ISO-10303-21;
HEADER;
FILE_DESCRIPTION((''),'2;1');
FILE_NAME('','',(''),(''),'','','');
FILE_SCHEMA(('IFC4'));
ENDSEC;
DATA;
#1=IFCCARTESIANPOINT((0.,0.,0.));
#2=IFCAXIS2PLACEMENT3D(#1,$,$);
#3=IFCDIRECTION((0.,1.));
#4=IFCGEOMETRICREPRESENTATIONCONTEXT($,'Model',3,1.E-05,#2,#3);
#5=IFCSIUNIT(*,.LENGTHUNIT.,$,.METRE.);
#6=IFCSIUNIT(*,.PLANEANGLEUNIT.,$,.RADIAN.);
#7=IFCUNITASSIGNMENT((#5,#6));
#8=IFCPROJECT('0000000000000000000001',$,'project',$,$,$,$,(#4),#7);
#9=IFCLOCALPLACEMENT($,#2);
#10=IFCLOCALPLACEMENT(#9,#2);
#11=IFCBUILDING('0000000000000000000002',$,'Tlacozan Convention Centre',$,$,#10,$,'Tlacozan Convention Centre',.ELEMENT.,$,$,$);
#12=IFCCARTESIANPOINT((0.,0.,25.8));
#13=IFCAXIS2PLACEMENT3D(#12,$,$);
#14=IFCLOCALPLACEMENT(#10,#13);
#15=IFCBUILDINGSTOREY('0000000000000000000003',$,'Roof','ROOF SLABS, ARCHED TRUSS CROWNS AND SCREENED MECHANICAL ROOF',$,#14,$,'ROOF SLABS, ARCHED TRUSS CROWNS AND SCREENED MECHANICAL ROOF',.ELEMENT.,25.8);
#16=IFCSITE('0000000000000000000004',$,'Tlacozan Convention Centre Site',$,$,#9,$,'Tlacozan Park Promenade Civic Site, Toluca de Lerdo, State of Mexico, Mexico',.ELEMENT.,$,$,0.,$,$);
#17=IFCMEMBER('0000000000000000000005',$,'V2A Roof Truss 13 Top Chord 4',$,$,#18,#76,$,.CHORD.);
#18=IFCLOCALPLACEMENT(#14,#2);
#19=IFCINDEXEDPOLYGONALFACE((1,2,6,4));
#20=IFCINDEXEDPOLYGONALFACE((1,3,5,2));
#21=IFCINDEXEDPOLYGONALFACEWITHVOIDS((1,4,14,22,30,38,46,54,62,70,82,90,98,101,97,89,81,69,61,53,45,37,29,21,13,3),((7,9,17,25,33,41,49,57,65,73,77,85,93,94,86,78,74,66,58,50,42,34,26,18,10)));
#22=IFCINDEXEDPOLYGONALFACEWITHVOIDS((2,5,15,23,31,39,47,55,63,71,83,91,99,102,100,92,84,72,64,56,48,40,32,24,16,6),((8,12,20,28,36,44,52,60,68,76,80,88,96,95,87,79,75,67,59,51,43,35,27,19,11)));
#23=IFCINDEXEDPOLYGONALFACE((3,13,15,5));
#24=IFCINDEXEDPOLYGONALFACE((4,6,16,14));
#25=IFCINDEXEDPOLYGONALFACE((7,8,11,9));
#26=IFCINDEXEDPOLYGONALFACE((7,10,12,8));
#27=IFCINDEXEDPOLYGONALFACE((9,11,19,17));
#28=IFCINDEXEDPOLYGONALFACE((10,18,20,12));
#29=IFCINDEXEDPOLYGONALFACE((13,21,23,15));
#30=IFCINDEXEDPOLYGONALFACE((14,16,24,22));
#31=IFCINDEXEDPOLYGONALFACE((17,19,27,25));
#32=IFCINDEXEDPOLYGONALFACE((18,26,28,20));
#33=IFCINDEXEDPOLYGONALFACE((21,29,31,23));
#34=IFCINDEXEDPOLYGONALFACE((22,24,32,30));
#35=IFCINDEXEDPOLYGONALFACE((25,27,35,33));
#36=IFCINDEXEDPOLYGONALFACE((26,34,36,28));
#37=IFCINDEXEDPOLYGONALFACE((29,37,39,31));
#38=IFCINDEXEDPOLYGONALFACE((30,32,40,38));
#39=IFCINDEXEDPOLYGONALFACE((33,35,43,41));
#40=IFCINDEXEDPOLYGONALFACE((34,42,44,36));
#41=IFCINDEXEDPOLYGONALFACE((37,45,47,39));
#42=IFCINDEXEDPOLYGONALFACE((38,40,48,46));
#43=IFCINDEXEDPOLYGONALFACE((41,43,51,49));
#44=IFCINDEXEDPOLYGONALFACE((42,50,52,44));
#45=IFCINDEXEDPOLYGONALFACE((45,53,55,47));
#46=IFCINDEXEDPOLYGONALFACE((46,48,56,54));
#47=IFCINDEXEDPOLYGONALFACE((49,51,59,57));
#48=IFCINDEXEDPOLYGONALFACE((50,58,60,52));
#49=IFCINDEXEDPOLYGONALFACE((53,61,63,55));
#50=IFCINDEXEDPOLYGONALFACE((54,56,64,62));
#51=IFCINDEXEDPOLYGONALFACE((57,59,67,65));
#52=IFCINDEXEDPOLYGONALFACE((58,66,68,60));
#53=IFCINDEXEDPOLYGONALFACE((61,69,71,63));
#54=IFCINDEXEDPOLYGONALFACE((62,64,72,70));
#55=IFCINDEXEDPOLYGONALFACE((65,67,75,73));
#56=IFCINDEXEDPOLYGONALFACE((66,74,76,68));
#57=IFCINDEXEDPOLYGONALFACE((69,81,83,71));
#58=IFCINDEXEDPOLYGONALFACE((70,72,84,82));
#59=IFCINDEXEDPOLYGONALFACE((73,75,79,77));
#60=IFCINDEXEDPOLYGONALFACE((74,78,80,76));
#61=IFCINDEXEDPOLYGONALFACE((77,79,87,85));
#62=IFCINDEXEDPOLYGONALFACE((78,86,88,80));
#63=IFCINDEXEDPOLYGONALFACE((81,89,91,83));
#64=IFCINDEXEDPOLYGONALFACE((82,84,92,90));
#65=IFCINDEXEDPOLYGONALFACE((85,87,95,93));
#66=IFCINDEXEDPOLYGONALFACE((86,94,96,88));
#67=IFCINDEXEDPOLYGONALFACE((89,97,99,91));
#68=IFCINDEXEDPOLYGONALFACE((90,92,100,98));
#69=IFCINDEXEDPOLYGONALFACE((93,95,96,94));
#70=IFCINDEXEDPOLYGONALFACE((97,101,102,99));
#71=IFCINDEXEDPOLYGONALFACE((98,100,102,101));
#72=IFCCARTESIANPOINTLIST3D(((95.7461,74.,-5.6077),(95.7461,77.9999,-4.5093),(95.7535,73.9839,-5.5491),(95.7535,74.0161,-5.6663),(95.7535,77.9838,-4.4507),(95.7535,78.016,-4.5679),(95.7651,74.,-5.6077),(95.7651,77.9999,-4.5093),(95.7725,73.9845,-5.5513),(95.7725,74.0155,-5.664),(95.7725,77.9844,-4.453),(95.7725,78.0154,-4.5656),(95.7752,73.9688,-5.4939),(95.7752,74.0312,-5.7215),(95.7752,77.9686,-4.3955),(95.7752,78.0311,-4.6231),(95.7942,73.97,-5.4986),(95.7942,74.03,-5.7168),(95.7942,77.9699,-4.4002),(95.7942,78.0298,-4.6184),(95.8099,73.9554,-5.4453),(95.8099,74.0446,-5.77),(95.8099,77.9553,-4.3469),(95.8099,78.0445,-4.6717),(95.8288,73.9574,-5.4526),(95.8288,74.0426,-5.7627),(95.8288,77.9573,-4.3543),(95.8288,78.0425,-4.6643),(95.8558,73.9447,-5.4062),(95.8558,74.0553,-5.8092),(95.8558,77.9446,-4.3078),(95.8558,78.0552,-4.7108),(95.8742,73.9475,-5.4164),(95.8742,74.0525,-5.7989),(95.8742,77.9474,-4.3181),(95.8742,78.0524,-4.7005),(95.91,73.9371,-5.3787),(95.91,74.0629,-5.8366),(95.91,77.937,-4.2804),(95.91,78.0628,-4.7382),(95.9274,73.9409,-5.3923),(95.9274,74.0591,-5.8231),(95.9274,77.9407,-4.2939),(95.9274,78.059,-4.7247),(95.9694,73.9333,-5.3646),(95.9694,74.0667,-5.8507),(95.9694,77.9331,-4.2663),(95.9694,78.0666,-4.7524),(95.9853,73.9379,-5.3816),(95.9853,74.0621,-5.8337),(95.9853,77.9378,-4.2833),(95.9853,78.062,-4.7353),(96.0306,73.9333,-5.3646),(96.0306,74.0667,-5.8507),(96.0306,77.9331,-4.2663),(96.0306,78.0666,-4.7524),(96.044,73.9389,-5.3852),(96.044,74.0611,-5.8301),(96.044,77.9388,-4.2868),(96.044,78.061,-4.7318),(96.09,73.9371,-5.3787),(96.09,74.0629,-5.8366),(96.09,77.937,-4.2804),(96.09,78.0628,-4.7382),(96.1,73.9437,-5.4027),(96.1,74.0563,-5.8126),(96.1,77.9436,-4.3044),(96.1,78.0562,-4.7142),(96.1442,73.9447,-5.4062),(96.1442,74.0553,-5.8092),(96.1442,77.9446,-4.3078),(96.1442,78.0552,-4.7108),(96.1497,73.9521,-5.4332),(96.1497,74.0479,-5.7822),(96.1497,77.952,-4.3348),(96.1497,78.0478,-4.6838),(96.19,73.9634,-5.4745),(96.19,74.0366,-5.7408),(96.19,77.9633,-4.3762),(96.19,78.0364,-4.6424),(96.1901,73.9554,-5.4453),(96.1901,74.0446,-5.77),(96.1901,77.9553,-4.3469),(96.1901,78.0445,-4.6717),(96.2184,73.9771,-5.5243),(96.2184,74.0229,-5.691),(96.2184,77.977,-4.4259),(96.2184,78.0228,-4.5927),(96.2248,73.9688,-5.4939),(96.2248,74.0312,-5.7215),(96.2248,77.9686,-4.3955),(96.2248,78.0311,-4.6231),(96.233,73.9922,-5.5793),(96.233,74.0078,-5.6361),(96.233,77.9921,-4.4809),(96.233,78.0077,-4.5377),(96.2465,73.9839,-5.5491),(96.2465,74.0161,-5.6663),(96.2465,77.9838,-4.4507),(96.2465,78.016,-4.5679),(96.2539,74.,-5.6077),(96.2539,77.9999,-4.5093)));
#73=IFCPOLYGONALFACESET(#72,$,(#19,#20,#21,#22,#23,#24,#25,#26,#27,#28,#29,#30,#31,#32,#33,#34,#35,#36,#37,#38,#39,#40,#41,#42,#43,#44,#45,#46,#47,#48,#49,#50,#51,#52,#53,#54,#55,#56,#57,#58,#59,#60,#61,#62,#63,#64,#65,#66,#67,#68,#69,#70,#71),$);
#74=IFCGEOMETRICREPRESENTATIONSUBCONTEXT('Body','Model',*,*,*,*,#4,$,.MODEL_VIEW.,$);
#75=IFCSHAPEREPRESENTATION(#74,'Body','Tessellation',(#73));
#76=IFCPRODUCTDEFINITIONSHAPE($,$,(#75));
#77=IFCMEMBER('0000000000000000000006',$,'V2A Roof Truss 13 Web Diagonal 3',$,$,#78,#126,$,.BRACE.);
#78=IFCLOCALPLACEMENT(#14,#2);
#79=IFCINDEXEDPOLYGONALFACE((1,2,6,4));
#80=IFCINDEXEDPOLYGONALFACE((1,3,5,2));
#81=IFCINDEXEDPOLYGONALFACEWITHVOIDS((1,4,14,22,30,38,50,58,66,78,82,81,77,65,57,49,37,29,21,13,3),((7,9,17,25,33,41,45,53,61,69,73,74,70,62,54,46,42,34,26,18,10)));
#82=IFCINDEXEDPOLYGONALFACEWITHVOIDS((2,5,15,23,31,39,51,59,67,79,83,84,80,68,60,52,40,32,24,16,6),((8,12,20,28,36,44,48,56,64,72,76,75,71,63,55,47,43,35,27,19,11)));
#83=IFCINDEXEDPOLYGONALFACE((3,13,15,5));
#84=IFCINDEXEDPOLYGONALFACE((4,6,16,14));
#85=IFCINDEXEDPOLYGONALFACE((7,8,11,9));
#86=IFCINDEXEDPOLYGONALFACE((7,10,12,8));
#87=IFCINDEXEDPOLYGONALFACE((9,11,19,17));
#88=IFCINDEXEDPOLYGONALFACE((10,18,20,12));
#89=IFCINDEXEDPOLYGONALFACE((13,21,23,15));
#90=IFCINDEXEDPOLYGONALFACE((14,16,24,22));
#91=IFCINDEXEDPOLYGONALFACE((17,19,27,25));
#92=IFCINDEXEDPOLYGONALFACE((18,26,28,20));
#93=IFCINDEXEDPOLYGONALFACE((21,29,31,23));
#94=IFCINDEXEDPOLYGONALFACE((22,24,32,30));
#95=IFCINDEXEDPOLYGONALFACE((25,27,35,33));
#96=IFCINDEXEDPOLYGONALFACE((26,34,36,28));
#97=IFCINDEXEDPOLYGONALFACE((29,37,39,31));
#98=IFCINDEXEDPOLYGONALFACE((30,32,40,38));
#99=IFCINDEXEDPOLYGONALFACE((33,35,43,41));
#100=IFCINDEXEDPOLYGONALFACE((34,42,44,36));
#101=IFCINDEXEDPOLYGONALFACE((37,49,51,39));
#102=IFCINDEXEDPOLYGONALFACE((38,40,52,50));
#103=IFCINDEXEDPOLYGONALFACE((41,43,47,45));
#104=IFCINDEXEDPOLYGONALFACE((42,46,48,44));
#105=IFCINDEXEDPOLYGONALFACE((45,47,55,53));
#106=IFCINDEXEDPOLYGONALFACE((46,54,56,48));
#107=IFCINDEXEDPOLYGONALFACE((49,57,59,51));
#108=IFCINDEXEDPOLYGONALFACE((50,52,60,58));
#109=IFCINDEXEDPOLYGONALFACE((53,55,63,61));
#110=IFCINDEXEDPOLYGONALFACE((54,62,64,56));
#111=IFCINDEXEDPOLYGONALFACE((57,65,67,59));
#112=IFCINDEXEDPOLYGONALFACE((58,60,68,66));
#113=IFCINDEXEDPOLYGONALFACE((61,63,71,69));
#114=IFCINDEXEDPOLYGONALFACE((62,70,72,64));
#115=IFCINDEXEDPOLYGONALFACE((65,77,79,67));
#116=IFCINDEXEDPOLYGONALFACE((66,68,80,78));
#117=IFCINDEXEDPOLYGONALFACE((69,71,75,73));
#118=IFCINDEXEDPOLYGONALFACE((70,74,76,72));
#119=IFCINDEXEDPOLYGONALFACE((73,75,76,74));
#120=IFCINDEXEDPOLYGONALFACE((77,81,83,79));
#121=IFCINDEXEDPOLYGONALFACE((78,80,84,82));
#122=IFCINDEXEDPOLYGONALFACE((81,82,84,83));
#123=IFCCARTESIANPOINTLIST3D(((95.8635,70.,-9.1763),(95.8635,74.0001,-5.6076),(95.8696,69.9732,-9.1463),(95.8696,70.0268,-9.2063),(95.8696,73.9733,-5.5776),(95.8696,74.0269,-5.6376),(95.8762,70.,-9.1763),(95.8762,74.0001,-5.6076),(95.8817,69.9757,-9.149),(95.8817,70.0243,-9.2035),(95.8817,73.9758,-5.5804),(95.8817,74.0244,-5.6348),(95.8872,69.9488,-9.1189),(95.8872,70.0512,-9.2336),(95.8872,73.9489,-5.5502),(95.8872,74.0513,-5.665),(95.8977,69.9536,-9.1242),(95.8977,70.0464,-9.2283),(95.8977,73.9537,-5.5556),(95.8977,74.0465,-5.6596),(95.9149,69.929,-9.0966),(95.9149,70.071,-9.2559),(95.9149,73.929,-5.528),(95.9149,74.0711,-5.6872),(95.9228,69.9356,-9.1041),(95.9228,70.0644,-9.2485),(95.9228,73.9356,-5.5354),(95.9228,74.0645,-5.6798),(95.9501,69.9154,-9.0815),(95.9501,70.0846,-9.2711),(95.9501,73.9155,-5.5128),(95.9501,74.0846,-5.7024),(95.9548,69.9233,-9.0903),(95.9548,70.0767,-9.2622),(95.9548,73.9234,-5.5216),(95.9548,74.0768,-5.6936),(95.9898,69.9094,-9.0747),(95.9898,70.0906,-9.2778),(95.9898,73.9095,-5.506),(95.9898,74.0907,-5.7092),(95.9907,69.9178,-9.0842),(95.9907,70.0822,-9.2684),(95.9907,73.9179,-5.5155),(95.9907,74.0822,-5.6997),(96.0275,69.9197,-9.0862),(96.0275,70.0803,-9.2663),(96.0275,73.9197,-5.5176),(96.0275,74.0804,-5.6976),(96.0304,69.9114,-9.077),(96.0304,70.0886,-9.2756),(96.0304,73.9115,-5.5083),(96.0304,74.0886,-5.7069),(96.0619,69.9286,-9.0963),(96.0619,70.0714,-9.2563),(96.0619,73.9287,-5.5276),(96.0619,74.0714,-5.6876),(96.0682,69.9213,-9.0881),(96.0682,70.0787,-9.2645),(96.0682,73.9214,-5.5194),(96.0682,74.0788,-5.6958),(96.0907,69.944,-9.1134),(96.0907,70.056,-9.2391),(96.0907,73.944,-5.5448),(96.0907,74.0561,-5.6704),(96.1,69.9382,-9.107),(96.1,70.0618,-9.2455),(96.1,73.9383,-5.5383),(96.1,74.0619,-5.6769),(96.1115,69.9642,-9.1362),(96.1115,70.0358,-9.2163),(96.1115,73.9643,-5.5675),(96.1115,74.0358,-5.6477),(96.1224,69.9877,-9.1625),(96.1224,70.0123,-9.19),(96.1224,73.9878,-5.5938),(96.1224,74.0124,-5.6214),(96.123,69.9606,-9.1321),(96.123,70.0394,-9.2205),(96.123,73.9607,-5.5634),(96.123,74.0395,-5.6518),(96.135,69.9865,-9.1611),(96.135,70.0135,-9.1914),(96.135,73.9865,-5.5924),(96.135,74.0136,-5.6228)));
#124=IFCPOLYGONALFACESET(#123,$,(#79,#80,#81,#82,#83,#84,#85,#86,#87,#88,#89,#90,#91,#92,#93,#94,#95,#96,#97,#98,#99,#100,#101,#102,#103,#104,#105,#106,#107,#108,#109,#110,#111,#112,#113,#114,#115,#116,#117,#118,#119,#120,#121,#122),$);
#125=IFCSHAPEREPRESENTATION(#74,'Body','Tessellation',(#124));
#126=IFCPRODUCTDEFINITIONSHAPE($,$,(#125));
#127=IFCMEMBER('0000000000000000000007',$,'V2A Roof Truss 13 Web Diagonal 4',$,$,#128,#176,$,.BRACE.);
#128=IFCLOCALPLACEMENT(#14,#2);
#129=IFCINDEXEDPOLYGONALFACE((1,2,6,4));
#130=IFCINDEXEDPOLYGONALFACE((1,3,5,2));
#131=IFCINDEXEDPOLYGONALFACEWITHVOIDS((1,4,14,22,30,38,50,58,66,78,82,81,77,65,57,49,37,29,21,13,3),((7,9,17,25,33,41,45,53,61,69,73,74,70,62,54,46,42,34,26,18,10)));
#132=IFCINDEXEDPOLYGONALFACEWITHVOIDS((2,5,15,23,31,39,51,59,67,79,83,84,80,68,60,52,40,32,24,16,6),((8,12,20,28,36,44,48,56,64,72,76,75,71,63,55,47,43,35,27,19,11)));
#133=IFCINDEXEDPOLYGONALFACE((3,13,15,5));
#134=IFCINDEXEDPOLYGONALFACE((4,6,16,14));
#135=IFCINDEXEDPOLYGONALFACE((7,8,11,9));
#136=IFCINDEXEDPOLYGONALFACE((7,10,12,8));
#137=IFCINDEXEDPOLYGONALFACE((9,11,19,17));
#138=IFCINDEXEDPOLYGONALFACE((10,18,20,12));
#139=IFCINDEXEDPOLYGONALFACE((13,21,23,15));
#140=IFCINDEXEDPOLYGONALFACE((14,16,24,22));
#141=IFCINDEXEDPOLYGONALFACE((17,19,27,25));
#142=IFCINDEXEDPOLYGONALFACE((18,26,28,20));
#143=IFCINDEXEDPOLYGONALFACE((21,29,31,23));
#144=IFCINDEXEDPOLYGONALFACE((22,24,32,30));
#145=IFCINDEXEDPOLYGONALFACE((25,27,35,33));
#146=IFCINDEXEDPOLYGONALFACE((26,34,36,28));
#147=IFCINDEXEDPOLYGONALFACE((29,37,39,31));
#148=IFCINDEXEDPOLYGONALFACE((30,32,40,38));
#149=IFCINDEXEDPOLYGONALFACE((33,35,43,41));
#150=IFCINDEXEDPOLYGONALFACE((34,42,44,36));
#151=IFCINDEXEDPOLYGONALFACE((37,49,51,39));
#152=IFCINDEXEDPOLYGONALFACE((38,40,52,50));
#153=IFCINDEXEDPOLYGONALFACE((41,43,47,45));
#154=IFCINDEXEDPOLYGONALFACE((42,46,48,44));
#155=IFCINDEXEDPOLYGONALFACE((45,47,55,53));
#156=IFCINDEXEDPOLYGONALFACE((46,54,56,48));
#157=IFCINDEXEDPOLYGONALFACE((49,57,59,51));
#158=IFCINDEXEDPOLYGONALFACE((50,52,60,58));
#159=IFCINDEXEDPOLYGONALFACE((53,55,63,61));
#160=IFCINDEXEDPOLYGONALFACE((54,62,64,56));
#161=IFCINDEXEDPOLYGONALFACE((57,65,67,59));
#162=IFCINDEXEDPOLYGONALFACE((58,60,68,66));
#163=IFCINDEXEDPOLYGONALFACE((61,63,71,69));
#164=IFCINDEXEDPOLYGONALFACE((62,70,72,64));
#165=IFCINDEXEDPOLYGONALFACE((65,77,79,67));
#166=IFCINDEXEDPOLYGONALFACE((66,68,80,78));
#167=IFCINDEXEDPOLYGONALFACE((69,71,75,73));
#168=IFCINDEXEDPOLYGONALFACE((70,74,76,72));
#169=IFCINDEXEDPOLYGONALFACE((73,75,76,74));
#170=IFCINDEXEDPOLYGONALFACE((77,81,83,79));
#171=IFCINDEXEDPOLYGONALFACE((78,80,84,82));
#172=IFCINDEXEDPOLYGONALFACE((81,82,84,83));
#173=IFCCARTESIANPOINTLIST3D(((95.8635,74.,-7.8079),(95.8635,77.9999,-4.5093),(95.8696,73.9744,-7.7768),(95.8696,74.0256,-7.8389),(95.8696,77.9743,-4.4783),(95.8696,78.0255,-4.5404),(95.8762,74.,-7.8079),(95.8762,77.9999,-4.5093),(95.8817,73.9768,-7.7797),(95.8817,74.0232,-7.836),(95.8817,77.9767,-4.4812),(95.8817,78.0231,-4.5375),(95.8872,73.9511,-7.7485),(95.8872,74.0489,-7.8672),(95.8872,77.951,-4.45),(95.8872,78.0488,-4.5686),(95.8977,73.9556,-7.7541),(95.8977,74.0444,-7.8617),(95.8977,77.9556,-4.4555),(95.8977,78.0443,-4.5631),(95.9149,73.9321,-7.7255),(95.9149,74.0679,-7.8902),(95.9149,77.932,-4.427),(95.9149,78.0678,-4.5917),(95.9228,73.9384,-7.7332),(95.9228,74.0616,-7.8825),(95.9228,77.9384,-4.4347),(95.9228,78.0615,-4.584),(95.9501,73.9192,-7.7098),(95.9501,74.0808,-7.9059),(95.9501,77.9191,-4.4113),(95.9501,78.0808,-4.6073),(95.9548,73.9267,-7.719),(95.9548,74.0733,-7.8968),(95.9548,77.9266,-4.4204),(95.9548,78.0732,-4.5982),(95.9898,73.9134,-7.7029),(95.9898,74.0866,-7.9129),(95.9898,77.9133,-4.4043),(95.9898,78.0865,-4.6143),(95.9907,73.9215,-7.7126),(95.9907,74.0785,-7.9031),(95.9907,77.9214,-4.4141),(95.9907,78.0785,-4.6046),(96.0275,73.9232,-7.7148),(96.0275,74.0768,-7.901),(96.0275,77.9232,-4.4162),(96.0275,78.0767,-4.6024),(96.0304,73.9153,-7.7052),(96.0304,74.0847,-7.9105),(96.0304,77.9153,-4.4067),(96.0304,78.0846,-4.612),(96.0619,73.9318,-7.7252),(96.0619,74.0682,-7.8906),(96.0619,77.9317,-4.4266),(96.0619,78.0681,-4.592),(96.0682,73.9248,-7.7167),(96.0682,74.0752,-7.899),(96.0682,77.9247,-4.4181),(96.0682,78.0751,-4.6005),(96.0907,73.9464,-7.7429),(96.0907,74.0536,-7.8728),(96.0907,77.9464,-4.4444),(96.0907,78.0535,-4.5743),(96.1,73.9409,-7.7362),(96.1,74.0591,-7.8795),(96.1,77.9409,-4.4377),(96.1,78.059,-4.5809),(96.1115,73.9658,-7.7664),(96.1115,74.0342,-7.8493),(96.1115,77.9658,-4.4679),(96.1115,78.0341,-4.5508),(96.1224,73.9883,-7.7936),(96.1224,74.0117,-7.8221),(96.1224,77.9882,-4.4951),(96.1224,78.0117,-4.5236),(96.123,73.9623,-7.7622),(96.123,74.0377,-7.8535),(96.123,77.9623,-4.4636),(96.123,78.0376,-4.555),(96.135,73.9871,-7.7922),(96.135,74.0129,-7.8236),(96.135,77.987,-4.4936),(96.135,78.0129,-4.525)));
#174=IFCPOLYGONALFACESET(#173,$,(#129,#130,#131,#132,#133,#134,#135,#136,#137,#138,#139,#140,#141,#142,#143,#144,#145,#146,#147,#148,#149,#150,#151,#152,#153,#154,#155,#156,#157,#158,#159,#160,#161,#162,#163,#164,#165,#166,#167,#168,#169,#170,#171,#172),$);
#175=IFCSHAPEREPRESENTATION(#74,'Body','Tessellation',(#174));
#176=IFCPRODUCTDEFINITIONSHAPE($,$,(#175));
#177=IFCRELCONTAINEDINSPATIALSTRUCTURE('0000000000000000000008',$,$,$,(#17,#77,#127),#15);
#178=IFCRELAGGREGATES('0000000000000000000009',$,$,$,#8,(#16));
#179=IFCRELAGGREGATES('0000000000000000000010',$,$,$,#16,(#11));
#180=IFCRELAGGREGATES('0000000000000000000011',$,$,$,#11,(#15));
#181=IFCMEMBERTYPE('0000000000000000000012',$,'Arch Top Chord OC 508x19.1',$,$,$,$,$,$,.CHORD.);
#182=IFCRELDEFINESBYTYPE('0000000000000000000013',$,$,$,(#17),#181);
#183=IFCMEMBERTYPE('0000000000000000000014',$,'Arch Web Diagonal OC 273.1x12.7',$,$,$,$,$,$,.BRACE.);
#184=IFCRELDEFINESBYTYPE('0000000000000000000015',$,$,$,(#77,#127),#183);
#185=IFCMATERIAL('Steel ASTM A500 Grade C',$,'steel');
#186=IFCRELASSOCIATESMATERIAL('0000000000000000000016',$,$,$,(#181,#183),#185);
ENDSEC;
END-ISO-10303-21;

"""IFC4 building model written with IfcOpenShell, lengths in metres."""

from ifc_helpers import new_model, si_unit, direction, frame, origin, origin_2d, place, context, subcontext, project, spatial, hollow_circle, extrude, material, material_profile, profile_set, type_object, element, save


model = new_model("IFC4")

# Units and contexts
model_context = context("Model", 3, precision=1e-05, world=origin(), true_north=direction((0.0, 1.0)))
body_context = subcontext(model_context, "Body", "Model", "MODEL_VIEW")
ifc_project = project(units=[si_unit("LENGTHUNIT", "METRE"), si_unit("PLANEANGLEUNIT", "RADIAN")], contexts=[model_context])

# Site, building, storey
site_placement = place(None, origin())
site = spatial("IfcSite", under=ifc_project, at=site_placement, Name="Tlacozan Convention Centre Site", LongName="Tlacozan Park Promenade Civic Site, Toluca de Lerdo, State of Mexico, Mexico", CompositionType="ELEMENT", RefElevation=0.0)
building_placement = place(site_placement, origin())
building = spatial("IfcBuilding", under=site, at=building_placement, Name="Tlacozan Convention Centre", LongName="Tlacozan Convention Centre", CompositionType="ELEMENT")
storey_placement = place(building_placement, frame((0.0, 0.0, 25.8)))
storey = spatial("IfcBuildingStorey", under=building, at=storey_placement, Name="Roof", Description="ROOF SLABS, ARCHED TRUSS CROWNS AND SCREENED MECHANICAL ROOF", LongName="ROOF SLABS, ARCHED TRUSS CROWNS AND SCREENED MECHANICAL ROOF", CompositionType="ELEMENT", Elevation=25.8)

# Members
ifc_material_1 = material(Name="Steel ASTM A500 Grade C", Category="steel")
ifc_material_profile_1 = material_profile(ifc_material_1, hollow_circle(Radius=0.2539, WallThickness=0.019, at=origin_2d()), Name="OC 508.0x19.1")
ifc_profile_set_1 = profile_set([ifc_material_profile_1], Name="Steel ASTM A500 Grade C")
member_type_1 = type_object("IfcMemberType", Name="Arch Top Chord OC 508x19.1", PredefinedType="CHORD", material=ifc_profile_set_1)
member_1_placement = place(storey_placement, frame((96.0, 74.0, -5.6077), z_axis=(0.0, 0.964305, 0.264795), x_axis=(-1.0, 0.0, 0.0)))
element("IfcMember", 1, at=member_1_placement, inside=storey, type_object=member_type_1, Name="V2A Roof Truss 13 Top Chord 4", PredefinedType="CHORD", context=body_context, shape_type="SweptSolid", body=[
    extrude(hollow_circle(Radius=0.2539, WallThickness=0.019, at=origin_2d()), origin(), (0.0, 0.0, 1.0), 4.1479),
])
ifc_material_profile_2 = material_profile(ifc_material_1, hollow_circle(Radius=0.1365, WallThickness=0.0127, at=origin_2d()), Name="OC 273.1x12.7")
ifc_profile_set_2 = profile_set([ifc_material_profile_2], Name="Steel ASTM A500 Grade C")
member_type_2 = type_object("IfcMemberType", Name="Arch Web Diagonal OC 273.1x12.7", PredefinedType="BRACE", material=ifc_profile_set_2)
member_2_placement = place(storey_placement, frame((96.0, 70.0, -9.1763), z_axis=(0.0, 0.746199, 0.665722), x_axis=(-1.0, 0.0, 0.0)))
element("IfcMember", 2, at=member_2_placement, inside=storey, type_object=member_type_2, Name="V2A Roof Truss 13 Web Diagonal 3", PredefinedType="BRACE", context=body_context, shape_type="SweptSolid", body=[
    extrude(hollow_circle(Radius=0.1365, WallThickness=0.0127, at=origin_2d()), origin(), (0.0, 0.0, 1.0), 5.3606),
])
member_3_placement = place(storey_placement, frame((96.0, 74.0, -7.8079), z_axis=(0.0, 0.771507, 0.63622), x_axis=(-1.0, 0.0, 0.0)))
element("IfcMember", 3, at=member_3_placement, inside=storey, type_object=member_type_2, Name="V2A Roof Truss 13 Web Diagonal 4", PredefinedType="BRACE", context=body_context, shape_type="SweptSolid", body=[
    extrude(hollow_circle(Radius=0.1365, WallThickness=0.0127, at=origin_2d()), origin(), (0.0, 0.0, 1.0), 5.1846),
])

save(model, "model.ifc")
